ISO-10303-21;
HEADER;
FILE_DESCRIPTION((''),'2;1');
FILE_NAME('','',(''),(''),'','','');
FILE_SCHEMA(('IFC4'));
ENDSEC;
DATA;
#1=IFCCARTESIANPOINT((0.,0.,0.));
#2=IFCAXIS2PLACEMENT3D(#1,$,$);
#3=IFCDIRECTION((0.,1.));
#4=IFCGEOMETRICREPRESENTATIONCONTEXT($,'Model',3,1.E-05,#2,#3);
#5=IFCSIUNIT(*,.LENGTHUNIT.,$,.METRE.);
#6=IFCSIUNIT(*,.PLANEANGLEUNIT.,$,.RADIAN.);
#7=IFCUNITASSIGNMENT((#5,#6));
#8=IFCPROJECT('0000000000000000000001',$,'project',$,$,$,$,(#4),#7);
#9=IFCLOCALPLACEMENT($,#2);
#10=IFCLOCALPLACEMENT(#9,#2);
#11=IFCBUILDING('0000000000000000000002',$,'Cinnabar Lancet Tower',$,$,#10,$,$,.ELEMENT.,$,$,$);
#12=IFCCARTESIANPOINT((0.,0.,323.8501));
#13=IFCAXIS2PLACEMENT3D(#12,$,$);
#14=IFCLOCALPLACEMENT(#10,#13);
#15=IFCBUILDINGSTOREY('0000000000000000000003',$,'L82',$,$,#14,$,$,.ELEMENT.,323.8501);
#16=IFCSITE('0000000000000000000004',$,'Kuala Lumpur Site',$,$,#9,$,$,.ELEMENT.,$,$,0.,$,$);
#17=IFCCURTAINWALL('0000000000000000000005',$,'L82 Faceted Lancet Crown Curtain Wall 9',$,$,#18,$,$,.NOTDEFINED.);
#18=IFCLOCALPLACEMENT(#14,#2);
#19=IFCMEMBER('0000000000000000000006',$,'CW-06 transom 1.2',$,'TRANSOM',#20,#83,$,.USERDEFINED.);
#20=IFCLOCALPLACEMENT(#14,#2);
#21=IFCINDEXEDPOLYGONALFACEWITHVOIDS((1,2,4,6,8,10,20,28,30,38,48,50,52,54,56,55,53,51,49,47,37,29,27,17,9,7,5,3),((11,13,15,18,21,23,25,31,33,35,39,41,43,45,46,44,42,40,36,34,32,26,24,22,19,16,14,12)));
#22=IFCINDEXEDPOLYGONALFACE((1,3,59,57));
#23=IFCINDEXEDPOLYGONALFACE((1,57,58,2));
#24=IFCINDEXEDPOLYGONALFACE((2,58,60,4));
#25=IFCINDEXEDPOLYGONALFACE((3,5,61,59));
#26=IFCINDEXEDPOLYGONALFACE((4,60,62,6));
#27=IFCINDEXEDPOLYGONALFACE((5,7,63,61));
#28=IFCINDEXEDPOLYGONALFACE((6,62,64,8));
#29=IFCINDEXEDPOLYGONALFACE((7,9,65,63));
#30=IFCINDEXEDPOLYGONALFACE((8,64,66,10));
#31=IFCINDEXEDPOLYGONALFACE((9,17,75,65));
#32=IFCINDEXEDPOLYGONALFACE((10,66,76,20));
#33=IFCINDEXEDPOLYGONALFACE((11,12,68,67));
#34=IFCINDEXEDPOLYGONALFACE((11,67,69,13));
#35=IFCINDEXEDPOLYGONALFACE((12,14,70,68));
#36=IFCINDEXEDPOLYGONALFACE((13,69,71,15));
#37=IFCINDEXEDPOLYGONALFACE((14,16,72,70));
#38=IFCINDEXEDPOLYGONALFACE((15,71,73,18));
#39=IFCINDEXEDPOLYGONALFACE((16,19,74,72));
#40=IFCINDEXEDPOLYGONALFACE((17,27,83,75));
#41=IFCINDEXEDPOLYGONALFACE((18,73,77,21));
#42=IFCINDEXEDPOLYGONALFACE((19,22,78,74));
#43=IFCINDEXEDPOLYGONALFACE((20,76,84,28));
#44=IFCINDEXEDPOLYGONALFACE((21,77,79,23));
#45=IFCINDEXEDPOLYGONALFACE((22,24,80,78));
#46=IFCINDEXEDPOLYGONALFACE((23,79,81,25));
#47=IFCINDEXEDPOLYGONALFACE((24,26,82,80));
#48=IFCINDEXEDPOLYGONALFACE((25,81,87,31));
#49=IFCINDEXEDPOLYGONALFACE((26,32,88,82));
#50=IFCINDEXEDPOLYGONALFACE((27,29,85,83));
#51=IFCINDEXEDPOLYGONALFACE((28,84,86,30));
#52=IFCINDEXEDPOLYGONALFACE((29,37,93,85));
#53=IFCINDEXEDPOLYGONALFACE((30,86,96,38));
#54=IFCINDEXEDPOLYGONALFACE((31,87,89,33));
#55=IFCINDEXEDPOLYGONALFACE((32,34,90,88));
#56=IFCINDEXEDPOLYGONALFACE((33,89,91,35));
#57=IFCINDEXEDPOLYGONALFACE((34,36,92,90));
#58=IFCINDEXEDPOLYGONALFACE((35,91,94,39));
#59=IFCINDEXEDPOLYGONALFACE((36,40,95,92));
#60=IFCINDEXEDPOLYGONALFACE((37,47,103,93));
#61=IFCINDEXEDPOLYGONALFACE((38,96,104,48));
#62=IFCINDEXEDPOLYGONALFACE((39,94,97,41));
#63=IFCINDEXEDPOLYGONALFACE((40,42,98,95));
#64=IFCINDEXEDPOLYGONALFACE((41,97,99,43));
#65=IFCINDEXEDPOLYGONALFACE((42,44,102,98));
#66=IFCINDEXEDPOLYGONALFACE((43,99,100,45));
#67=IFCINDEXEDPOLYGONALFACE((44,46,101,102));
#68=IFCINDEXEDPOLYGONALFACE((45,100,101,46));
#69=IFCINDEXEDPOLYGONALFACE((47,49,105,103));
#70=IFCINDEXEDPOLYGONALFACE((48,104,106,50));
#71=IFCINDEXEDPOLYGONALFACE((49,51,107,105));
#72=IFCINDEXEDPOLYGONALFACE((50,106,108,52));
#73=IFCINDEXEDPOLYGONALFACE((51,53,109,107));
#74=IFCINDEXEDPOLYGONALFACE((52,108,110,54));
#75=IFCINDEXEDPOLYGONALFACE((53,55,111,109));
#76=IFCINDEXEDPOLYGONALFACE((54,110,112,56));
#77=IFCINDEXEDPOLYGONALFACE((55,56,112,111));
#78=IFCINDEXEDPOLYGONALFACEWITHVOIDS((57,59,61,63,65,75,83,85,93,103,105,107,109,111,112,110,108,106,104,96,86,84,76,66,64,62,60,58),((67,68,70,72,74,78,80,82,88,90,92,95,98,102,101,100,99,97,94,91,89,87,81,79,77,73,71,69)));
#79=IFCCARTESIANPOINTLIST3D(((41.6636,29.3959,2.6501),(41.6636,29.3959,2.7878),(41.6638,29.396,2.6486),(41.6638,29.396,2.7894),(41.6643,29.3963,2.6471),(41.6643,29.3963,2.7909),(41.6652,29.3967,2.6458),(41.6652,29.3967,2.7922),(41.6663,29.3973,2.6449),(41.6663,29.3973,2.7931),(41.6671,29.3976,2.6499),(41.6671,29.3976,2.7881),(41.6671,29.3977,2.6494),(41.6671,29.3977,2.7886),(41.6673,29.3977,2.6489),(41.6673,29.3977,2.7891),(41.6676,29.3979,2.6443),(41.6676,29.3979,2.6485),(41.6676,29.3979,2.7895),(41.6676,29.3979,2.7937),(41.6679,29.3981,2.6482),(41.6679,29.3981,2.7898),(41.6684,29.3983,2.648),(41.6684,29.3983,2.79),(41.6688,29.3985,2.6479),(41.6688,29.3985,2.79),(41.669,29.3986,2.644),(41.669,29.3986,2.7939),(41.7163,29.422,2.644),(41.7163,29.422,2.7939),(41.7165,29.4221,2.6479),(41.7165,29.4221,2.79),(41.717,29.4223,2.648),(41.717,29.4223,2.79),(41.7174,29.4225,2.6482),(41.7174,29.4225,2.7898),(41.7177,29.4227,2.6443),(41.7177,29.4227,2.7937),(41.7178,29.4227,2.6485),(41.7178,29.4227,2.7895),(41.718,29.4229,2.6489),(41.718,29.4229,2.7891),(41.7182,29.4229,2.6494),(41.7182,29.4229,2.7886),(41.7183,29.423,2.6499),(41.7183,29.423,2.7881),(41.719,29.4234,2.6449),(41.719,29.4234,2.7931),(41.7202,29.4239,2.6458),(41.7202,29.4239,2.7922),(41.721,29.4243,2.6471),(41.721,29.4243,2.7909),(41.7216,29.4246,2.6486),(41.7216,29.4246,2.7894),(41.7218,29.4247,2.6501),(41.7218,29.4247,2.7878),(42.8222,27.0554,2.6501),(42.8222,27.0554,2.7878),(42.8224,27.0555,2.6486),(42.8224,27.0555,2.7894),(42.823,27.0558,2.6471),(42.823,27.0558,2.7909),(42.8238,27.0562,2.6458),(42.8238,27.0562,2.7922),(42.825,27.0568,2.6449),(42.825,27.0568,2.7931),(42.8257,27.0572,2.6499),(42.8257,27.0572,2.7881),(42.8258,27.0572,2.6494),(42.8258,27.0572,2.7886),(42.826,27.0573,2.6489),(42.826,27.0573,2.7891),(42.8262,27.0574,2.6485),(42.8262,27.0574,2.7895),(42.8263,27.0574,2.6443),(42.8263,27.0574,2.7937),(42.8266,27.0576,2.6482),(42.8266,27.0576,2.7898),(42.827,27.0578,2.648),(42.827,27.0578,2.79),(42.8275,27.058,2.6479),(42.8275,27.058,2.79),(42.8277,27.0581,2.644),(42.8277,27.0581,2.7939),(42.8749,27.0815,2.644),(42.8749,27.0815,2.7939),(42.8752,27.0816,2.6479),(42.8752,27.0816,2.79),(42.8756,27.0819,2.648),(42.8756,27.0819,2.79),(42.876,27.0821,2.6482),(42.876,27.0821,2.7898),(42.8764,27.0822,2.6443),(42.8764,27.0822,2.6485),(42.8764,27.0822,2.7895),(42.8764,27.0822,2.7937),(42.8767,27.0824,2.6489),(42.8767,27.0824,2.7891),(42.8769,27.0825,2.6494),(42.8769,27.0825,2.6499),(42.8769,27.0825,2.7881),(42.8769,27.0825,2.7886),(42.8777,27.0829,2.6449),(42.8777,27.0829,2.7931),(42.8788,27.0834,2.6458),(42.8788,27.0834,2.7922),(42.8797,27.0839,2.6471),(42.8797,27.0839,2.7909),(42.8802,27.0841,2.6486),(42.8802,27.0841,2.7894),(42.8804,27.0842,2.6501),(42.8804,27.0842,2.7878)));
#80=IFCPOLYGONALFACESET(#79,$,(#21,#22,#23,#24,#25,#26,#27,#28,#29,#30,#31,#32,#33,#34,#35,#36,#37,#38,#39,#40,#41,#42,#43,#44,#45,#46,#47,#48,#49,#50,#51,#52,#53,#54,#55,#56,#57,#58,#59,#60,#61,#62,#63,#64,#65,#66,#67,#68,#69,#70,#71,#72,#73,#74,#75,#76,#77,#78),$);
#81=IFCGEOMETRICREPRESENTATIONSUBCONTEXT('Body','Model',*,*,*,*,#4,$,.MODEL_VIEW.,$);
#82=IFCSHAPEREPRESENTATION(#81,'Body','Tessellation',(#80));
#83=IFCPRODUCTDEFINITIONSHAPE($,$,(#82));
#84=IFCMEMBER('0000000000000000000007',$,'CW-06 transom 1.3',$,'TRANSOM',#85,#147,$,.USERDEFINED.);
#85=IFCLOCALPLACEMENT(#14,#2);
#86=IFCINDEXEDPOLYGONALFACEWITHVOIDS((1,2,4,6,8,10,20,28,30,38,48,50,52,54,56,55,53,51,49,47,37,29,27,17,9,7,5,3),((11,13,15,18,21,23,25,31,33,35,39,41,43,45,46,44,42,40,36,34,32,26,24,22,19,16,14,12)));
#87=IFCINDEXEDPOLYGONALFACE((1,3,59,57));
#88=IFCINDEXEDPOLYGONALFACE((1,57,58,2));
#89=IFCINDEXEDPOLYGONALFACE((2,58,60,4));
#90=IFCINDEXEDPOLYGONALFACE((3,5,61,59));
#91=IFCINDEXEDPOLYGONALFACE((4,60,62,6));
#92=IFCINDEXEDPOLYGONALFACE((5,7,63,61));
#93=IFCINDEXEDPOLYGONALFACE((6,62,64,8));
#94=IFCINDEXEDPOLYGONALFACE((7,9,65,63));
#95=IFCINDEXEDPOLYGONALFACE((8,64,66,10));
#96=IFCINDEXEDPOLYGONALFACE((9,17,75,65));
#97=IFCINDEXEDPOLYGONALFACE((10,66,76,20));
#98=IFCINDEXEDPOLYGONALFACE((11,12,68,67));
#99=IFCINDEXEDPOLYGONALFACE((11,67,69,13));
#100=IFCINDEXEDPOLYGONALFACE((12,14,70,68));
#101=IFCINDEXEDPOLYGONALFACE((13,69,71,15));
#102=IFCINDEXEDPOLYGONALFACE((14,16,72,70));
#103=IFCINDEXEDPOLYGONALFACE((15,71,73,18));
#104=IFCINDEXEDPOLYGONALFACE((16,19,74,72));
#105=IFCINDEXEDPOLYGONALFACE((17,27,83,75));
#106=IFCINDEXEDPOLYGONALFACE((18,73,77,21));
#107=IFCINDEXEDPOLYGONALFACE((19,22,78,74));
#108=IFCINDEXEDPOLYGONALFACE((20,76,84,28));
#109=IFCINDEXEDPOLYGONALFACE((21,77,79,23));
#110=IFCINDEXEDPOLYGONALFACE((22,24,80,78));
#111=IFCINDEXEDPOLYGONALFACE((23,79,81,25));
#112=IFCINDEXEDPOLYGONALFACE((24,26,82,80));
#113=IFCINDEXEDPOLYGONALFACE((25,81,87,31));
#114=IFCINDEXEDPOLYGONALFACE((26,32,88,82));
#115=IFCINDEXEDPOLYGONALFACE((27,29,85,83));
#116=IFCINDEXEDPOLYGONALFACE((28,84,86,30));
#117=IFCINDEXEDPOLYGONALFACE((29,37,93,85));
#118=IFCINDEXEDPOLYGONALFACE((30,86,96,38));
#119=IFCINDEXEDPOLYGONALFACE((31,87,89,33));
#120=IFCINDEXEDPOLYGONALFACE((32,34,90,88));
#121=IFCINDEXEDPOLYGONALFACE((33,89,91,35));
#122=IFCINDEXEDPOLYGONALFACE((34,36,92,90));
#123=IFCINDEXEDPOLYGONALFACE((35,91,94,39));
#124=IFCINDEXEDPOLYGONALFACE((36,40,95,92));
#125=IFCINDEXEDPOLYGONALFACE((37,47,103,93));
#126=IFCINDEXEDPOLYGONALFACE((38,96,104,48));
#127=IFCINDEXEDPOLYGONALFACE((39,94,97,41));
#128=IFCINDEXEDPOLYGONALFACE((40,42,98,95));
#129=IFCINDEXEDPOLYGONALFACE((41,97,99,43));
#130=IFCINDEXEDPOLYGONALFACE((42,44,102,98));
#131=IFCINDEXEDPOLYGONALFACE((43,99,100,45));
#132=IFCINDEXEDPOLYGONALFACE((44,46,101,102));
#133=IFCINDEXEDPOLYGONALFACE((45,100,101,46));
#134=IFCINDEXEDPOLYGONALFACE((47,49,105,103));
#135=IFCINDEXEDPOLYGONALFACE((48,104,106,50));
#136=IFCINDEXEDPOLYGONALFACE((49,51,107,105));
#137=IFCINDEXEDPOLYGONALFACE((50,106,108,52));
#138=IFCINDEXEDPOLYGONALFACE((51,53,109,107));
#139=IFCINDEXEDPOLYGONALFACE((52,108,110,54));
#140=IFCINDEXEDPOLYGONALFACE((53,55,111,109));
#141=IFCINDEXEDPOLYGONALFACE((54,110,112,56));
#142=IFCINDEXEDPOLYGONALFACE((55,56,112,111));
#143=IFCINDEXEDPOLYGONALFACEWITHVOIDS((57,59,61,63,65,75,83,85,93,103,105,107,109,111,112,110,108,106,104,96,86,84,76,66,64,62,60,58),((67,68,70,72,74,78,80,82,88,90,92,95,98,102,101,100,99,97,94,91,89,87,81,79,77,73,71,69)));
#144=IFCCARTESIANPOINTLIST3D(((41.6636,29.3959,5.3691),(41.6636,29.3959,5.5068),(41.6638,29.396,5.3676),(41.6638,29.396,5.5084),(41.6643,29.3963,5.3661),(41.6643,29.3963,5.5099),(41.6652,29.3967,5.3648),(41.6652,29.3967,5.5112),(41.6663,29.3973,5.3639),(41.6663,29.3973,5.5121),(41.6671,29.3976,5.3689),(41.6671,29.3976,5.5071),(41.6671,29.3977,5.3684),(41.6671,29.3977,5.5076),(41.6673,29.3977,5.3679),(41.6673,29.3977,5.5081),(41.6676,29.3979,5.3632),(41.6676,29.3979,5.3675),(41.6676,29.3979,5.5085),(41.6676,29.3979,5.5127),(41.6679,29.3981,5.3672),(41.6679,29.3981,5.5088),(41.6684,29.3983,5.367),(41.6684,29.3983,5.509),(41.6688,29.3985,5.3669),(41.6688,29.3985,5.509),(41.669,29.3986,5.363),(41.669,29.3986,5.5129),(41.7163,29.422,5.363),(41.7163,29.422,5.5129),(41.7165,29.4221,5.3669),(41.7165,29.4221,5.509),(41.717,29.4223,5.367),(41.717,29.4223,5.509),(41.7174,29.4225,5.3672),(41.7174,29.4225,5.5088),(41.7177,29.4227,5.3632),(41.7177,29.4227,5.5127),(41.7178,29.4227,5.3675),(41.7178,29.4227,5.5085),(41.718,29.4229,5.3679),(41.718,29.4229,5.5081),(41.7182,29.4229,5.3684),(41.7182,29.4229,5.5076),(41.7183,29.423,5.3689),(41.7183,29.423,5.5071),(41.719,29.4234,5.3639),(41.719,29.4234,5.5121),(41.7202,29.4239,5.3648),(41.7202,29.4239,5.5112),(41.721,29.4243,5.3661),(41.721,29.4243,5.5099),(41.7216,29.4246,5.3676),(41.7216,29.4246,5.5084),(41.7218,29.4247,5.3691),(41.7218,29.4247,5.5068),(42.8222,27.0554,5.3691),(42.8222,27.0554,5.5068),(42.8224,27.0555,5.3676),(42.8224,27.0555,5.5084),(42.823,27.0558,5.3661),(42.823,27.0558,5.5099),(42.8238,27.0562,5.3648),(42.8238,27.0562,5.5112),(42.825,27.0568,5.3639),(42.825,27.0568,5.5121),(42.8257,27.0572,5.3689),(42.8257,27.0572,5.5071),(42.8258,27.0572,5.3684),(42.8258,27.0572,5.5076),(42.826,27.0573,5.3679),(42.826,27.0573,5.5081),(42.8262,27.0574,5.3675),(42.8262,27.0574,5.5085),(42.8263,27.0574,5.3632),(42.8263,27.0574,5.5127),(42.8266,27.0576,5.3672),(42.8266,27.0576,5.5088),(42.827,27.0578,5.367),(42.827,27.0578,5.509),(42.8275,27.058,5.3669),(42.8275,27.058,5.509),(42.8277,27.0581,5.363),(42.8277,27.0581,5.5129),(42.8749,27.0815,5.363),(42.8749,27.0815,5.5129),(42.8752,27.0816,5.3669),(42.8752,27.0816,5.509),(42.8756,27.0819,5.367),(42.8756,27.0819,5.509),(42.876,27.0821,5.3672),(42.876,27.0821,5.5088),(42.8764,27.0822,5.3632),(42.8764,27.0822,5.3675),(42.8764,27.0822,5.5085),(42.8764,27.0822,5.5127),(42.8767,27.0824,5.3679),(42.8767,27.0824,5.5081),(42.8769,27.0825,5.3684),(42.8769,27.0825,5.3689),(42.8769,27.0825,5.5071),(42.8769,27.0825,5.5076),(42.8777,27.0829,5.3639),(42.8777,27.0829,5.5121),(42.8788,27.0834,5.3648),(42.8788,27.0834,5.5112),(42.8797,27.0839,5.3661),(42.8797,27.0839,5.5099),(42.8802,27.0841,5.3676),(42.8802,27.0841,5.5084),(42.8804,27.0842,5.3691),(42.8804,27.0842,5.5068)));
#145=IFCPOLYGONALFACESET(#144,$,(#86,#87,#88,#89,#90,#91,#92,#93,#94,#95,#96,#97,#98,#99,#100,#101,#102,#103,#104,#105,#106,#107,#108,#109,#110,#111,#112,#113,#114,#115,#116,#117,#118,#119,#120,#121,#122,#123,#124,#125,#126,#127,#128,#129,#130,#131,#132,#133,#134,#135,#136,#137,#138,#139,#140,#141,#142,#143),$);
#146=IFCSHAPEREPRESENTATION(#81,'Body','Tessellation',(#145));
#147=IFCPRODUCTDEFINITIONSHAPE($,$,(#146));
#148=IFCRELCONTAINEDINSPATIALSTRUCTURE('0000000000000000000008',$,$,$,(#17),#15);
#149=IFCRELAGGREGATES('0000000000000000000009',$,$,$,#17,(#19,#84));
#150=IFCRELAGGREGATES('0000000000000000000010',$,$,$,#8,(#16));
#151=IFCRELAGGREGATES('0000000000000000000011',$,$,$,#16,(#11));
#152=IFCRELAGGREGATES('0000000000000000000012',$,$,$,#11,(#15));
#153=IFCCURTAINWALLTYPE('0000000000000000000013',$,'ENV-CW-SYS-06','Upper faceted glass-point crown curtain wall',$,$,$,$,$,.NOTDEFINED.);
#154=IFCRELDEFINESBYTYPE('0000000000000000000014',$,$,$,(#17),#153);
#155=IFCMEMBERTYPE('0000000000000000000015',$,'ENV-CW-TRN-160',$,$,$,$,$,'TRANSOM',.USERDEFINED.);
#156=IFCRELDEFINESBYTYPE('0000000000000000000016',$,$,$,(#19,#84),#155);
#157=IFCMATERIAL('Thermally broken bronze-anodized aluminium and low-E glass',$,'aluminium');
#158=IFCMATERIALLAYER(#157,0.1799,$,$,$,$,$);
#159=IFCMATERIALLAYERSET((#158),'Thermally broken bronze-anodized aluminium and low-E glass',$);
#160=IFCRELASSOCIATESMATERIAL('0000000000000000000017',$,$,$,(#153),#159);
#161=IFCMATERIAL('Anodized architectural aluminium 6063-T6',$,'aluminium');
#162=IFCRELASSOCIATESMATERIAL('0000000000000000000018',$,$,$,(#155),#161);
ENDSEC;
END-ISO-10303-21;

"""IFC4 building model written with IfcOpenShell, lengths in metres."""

from ifc_helpers import new_model, si_unit, direction, frame, origin, origin_2d, place, context, subcontext, project, spatial, hollow_rectangle, extrude, material, layer, layer_set, material_profile, profile_set, type_object, element, aggregate, save


model = new_model("IFC4")

# Units and contexts
model_context = context("Model", 3, precision=1e-05, world=origin(), true_north=direction((0.0, 1.0)))
body_context = subcontext(model_context, "Body", "Model", "MODEL_VIEW")
ifc_project = project(units=[si_unit("LENGTHUNIT", "METRE"), si_unit("PLANEANGLEUNIT", "RADIAN")], contexts=[model_context])

# Site, building, storey
site_placement = place(None, origin())
site = spatial("IfcSite", under=ifc_project, at=site_placement, Name="Kuala Lumpur Site", CompositionType="ELEMENT", RefElevation=0.0)
building_placement = place(site_placement, origin())
building = spatial("IfcBuilding", under=site, at=building_placement, Name="Cinnabar Lancet Tower", CompositionType="ELEMENT")
storey_placement = place(building_placement, frame((0.0, 0.0, 323.8501)))
storey = spatial("IfcBuildingStorey", under=building, at=storey_placement, Name="L82", CompositionType="ELEMENT", Elevation=323.8501)

# Curtain wall
ifc_material_1 = material(Name="Thermally broken bronze-anodized aluminium and low-E glass", Category="aluminium")
ifc_layer_1 = layer(ifc_material_1, 0.1799)
ifc_layer_set_1 = layer_set([ifc_layer_1], Name="Thermally broken bronze-anodized aluminium and low-E glass")
curtain_wall_type = type_object("IfcCurtainWallType", Name="ENV-CW-SYS-06", Description="Upper faceted glass-point crown curtain wall", PredefinedType="NOTDEFINED", material=ifc_layer_set_1)
curtain_wall_1_placement = place(storey_placement, origin())
curtain_wall_1 = element("IfcCurtainWall", 1, at=curtain_wall_1_placement, inside=storey, type_object=curtain_wall_type, Name="L82 Faceted Lancet Crown Curtain Wall 9", PredefinedType="NOTDEFINED")

# Members
ifc_material_2 = material(Name="Anodized architectural aluminium 6063-T6", Category="aluminium")
ifc_material_profile_1 = material_profile(ifc_material_2, hollow_rectangle(XDim=0.0649, YDim=0.1499, WallThickness=0.0039, InnerFilletRadius=0.002, OuterFilletRadius=0.0061, at=origin_2d()), Name="CW-TRN 150x65x4")
ifc_profile_set_1 = profile_set([ifc_material_profile_1], Name="Anodized architectural aluminium 6063-T6")
member_type_1 = type_object("IfcMemberType", Name="ENV-CW-TRN-160", ElementType="TRANSOM", PredefinedType="USERDEFINED", material=ifc_profile_set_1)
member_1_placement = place(storey_placement, frame((42.8513, 27.0698, 2.719), z_axis=(-0.443658, 0.896196, 0.0), x_axis=(-0.896196, -0.443658, 0.0)))
member_1 = element("IfcMember", 2, at=member_1_placement, type_object=member_type_1, Name="CW-06 transom 1.2", ObjectType="TRANSOM", PredefinedType="USERDEFINED", context=body_context, shape_type="SweptSolid", body=[
    extrude(hollow_rectangle(XDim=0.0649, YDim=0.1499, WallThickness=0.0039, InnerFilletRadius=0.002, OuterFilletRadius=0.0061, at=origin_2d()), origin(), (0.0, 0.0, 1.0), 2.6116),
])
member_2_placement = place(storey_placement, frame((42.8513, 27.0698, 5.438), z_axis=(-0.443658, 0.896196, 0.0), x_axis=(-0.896196, -0.443658, 0.0)))
member_2 = element("IfcMember", 3, at=member_2_placement, type_object=member_type_1, Name="CW-06 transom 1.3", ObjectType="TRANSOM", PredefinedType="USERDEFINED", context=body_context, shape_type="SweptSolid", body=[
    extrude(hollow_rectangle(XDim=0.0649, YDim=0.1499, WallThickness=0.0039, InnerFilletRadius=0.002, OuterFilletRadius=0.0061, at=origin_2d()), origin(), (0.0, 0.0, 1.0), 2.6116),
])

aggregate(curtain_wall_1, [member_1, member_2])

save(model, "model.ifc")
